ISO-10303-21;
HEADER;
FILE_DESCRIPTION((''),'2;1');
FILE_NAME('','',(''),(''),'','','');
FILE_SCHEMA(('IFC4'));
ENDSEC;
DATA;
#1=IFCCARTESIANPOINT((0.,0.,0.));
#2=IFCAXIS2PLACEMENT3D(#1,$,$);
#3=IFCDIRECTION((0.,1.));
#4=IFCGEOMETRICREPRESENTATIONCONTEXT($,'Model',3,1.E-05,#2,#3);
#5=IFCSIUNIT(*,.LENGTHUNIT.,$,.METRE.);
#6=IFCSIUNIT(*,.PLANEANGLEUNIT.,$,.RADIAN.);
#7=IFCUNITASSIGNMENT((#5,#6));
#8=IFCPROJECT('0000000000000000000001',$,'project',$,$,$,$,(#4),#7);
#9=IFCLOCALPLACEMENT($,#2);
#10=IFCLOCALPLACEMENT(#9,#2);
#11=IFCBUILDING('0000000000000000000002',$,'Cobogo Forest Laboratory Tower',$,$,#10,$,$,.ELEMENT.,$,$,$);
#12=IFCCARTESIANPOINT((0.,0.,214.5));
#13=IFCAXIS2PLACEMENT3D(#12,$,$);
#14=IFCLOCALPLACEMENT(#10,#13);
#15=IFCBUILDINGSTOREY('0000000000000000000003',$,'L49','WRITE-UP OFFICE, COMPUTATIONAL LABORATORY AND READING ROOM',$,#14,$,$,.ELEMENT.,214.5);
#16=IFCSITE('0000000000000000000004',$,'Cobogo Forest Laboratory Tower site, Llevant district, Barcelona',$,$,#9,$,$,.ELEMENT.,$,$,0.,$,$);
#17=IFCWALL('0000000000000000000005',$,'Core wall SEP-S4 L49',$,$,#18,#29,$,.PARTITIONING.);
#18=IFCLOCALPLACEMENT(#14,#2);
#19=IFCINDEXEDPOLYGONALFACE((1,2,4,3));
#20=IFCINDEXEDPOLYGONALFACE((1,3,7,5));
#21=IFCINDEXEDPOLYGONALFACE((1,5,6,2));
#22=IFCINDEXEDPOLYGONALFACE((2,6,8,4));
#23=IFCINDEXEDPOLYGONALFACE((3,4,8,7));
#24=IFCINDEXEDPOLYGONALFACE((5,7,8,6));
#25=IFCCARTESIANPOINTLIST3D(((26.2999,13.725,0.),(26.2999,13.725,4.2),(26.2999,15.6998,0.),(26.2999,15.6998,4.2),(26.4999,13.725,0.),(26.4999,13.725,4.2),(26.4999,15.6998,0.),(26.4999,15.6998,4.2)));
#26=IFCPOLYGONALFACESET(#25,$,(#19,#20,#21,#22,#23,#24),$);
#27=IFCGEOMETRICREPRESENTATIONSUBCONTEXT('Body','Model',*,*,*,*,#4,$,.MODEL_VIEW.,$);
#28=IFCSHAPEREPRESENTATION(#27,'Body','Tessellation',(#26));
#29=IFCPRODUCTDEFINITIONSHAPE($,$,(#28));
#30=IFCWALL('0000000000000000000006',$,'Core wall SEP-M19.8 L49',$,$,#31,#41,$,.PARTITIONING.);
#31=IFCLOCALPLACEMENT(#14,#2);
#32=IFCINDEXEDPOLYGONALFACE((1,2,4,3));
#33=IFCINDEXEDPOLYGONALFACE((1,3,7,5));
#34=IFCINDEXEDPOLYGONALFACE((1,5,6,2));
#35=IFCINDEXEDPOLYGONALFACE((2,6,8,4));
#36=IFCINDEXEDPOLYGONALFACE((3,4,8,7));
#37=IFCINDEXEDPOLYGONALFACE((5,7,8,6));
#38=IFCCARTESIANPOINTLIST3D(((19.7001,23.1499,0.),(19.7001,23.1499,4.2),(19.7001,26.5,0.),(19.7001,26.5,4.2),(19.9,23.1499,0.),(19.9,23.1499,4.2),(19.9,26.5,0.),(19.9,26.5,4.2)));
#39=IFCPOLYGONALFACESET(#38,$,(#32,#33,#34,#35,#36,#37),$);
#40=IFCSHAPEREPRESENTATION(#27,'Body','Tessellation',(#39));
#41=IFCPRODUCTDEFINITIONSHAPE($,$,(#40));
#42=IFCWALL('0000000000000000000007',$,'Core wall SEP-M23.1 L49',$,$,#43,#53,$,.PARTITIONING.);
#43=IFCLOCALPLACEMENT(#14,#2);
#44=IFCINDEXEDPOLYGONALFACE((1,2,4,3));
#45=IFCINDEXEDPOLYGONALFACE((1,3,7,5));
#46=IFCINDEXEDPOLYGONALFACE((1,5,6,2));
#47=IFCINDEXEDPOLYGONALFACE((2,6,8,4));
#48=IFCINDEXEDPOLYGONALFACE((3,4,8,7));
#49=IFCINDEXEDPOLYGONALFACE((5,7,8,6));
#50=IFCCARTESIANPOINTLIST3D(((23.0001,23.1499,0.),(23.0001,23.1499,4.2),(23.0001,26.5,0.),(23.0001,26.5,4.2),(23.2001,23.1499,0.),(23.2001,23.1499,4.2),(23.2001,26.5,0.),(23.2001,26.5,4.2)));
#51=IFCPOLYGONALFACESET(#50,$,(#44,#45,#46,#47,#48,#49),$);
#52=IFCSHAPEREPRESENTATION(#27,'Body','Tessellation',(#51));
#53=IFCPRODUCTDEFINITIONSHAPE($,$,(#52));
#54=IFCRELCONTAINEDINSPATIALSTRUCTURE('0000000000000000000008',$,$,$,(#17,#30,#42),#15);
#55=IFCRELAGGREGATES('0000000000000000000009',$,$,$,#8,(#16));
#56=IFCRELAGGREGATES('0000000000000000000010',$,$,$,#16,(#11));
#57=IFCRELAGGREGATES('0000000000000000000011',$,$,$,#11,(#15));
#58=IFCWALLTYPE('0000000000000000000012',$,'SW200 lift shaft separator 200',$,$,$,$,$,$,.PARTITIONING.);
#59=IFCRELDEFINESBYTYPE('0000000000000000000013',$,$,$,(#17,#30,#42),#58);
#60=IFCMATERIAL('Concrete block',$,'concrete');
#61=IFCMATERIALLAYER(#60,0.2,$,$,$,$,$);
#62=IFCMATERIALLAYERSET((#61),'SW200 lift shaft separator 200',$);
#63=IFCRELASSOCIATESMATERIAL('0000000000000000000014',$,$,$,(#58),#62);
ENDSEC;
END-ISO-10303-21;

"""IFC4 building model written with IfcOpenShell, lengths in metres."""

from ifc_helpers import new_model, si_unit, direction, frame, frame_2d, origin, place, context, subcontext, project, spatial, rectangle, extrude, material, layer, layer_set, type_object, element, save


model = new_model("IFC4")

# Units and contexts
model_context = context("Model", 3, precision=1e-05, world=origin(), true_north=direction((0.0, 1.0)))
body_context = subcontext(model_context, "Body", "Model", "MODEL_VIEW")
ifc_project = project(units=[si_unit("LENGTHUNIT", "METRE"), si_unit("PLANEANGLEUNIT", "RADIAN")], contexts=[model_context])

# Site, building, storey
site_placement = place(None, origin())
site = spatial("IfcSite", under=ifc_project, at=site_placement, Name="Cobogo Forest Laboratory Tower site, Llevant district, Barcelona", CompositionType="ELEMENT", RefElevation=0.0)
building_placement = place(site_placement, origin())
building = spatial("IfcBuilding", under=site, at=building_placement, Name="Cobogo Forest Laboratory Tower", CompositionType="ELEMENT")
storey_placement = place(building_placement, frame((0.0, 0.0, 214.5)))
storey = spatial("IfcBuildingStorey", under=building, at=storey_placement, Name="L49", Description="WRITE-UP OFFICE, COMPUTATIONAL LABORATORY AND READING ROOM", CompositionType="ELEMENT", Elevation=214.5)

# Walls
ifc_material_1 = material(Name="Concrete block", Category="concrete")
ifc_layer_1 = layer(ifc_material_1, 0.2)
ifc_layer_set_1 = layer_set([ifc_layer_1], Name="SW200 lift shaft separator 200")
wall_type_1 = type_object("IfcWallType", Name="SW200 lift shaft separator 200", PredefinedType="PARTITIONING", material=ifc_layer_set_1)
for number, where, z_axis, x_axis, name in (
    (1, (26.3999, 13.7251, 0.0), (0.0, 0.0, 1.0), (0.0, 1.0, 0.0), "Core wall SEP-S4 L49"),
):
    element("IfcWall", number, at=place(storey_placement, frame(where, z_axis=z_axis, x_axis=x_axis)), inside=storey, type_object=wall_type_1, Name=name, PredefinedType="PARTITIONING", context=body_context, shape_type="SweptSolid", body=[
        extrude(rectangle(XDim=1.9749, YDim=0.2, at=frame_2d((0.9873, 0.0))), origin(), (0.0, 0.0, 1.0), 4.2),
    ])
for number, where, z_axis, x_axis, name in (
    (2, (19.8, 23.1499, 0.0), (0.0, 0.0, 1.0), (0.0, 1.0, 0.0), "Core wall SEP-M19.8 L49"),
    (3, (23.1001, 23.1499, 0.0), (0.0, 0.0, 1.0), (0.0, 1.0, 0.0), "Core wall SEP-M23.1 L49"),
):
    element("IfcWall", number, at=place(storey_placement, frame(where, z_axis=z_axis, x_axis=x_axis)), inside=storey, type_object=wall_type_1, Name=name, PredefinedType="PARTITIONING", context=body_context, shape_type="SweptSolid", body=[
        extrude(rectangle(XDim=3.3501, YDim=0.2, at=frame_2d((1.675, 0.0))), origin(), (0.0, 0.0, 1.0), 4.2),
    ])

save(model, "model.ifc")
